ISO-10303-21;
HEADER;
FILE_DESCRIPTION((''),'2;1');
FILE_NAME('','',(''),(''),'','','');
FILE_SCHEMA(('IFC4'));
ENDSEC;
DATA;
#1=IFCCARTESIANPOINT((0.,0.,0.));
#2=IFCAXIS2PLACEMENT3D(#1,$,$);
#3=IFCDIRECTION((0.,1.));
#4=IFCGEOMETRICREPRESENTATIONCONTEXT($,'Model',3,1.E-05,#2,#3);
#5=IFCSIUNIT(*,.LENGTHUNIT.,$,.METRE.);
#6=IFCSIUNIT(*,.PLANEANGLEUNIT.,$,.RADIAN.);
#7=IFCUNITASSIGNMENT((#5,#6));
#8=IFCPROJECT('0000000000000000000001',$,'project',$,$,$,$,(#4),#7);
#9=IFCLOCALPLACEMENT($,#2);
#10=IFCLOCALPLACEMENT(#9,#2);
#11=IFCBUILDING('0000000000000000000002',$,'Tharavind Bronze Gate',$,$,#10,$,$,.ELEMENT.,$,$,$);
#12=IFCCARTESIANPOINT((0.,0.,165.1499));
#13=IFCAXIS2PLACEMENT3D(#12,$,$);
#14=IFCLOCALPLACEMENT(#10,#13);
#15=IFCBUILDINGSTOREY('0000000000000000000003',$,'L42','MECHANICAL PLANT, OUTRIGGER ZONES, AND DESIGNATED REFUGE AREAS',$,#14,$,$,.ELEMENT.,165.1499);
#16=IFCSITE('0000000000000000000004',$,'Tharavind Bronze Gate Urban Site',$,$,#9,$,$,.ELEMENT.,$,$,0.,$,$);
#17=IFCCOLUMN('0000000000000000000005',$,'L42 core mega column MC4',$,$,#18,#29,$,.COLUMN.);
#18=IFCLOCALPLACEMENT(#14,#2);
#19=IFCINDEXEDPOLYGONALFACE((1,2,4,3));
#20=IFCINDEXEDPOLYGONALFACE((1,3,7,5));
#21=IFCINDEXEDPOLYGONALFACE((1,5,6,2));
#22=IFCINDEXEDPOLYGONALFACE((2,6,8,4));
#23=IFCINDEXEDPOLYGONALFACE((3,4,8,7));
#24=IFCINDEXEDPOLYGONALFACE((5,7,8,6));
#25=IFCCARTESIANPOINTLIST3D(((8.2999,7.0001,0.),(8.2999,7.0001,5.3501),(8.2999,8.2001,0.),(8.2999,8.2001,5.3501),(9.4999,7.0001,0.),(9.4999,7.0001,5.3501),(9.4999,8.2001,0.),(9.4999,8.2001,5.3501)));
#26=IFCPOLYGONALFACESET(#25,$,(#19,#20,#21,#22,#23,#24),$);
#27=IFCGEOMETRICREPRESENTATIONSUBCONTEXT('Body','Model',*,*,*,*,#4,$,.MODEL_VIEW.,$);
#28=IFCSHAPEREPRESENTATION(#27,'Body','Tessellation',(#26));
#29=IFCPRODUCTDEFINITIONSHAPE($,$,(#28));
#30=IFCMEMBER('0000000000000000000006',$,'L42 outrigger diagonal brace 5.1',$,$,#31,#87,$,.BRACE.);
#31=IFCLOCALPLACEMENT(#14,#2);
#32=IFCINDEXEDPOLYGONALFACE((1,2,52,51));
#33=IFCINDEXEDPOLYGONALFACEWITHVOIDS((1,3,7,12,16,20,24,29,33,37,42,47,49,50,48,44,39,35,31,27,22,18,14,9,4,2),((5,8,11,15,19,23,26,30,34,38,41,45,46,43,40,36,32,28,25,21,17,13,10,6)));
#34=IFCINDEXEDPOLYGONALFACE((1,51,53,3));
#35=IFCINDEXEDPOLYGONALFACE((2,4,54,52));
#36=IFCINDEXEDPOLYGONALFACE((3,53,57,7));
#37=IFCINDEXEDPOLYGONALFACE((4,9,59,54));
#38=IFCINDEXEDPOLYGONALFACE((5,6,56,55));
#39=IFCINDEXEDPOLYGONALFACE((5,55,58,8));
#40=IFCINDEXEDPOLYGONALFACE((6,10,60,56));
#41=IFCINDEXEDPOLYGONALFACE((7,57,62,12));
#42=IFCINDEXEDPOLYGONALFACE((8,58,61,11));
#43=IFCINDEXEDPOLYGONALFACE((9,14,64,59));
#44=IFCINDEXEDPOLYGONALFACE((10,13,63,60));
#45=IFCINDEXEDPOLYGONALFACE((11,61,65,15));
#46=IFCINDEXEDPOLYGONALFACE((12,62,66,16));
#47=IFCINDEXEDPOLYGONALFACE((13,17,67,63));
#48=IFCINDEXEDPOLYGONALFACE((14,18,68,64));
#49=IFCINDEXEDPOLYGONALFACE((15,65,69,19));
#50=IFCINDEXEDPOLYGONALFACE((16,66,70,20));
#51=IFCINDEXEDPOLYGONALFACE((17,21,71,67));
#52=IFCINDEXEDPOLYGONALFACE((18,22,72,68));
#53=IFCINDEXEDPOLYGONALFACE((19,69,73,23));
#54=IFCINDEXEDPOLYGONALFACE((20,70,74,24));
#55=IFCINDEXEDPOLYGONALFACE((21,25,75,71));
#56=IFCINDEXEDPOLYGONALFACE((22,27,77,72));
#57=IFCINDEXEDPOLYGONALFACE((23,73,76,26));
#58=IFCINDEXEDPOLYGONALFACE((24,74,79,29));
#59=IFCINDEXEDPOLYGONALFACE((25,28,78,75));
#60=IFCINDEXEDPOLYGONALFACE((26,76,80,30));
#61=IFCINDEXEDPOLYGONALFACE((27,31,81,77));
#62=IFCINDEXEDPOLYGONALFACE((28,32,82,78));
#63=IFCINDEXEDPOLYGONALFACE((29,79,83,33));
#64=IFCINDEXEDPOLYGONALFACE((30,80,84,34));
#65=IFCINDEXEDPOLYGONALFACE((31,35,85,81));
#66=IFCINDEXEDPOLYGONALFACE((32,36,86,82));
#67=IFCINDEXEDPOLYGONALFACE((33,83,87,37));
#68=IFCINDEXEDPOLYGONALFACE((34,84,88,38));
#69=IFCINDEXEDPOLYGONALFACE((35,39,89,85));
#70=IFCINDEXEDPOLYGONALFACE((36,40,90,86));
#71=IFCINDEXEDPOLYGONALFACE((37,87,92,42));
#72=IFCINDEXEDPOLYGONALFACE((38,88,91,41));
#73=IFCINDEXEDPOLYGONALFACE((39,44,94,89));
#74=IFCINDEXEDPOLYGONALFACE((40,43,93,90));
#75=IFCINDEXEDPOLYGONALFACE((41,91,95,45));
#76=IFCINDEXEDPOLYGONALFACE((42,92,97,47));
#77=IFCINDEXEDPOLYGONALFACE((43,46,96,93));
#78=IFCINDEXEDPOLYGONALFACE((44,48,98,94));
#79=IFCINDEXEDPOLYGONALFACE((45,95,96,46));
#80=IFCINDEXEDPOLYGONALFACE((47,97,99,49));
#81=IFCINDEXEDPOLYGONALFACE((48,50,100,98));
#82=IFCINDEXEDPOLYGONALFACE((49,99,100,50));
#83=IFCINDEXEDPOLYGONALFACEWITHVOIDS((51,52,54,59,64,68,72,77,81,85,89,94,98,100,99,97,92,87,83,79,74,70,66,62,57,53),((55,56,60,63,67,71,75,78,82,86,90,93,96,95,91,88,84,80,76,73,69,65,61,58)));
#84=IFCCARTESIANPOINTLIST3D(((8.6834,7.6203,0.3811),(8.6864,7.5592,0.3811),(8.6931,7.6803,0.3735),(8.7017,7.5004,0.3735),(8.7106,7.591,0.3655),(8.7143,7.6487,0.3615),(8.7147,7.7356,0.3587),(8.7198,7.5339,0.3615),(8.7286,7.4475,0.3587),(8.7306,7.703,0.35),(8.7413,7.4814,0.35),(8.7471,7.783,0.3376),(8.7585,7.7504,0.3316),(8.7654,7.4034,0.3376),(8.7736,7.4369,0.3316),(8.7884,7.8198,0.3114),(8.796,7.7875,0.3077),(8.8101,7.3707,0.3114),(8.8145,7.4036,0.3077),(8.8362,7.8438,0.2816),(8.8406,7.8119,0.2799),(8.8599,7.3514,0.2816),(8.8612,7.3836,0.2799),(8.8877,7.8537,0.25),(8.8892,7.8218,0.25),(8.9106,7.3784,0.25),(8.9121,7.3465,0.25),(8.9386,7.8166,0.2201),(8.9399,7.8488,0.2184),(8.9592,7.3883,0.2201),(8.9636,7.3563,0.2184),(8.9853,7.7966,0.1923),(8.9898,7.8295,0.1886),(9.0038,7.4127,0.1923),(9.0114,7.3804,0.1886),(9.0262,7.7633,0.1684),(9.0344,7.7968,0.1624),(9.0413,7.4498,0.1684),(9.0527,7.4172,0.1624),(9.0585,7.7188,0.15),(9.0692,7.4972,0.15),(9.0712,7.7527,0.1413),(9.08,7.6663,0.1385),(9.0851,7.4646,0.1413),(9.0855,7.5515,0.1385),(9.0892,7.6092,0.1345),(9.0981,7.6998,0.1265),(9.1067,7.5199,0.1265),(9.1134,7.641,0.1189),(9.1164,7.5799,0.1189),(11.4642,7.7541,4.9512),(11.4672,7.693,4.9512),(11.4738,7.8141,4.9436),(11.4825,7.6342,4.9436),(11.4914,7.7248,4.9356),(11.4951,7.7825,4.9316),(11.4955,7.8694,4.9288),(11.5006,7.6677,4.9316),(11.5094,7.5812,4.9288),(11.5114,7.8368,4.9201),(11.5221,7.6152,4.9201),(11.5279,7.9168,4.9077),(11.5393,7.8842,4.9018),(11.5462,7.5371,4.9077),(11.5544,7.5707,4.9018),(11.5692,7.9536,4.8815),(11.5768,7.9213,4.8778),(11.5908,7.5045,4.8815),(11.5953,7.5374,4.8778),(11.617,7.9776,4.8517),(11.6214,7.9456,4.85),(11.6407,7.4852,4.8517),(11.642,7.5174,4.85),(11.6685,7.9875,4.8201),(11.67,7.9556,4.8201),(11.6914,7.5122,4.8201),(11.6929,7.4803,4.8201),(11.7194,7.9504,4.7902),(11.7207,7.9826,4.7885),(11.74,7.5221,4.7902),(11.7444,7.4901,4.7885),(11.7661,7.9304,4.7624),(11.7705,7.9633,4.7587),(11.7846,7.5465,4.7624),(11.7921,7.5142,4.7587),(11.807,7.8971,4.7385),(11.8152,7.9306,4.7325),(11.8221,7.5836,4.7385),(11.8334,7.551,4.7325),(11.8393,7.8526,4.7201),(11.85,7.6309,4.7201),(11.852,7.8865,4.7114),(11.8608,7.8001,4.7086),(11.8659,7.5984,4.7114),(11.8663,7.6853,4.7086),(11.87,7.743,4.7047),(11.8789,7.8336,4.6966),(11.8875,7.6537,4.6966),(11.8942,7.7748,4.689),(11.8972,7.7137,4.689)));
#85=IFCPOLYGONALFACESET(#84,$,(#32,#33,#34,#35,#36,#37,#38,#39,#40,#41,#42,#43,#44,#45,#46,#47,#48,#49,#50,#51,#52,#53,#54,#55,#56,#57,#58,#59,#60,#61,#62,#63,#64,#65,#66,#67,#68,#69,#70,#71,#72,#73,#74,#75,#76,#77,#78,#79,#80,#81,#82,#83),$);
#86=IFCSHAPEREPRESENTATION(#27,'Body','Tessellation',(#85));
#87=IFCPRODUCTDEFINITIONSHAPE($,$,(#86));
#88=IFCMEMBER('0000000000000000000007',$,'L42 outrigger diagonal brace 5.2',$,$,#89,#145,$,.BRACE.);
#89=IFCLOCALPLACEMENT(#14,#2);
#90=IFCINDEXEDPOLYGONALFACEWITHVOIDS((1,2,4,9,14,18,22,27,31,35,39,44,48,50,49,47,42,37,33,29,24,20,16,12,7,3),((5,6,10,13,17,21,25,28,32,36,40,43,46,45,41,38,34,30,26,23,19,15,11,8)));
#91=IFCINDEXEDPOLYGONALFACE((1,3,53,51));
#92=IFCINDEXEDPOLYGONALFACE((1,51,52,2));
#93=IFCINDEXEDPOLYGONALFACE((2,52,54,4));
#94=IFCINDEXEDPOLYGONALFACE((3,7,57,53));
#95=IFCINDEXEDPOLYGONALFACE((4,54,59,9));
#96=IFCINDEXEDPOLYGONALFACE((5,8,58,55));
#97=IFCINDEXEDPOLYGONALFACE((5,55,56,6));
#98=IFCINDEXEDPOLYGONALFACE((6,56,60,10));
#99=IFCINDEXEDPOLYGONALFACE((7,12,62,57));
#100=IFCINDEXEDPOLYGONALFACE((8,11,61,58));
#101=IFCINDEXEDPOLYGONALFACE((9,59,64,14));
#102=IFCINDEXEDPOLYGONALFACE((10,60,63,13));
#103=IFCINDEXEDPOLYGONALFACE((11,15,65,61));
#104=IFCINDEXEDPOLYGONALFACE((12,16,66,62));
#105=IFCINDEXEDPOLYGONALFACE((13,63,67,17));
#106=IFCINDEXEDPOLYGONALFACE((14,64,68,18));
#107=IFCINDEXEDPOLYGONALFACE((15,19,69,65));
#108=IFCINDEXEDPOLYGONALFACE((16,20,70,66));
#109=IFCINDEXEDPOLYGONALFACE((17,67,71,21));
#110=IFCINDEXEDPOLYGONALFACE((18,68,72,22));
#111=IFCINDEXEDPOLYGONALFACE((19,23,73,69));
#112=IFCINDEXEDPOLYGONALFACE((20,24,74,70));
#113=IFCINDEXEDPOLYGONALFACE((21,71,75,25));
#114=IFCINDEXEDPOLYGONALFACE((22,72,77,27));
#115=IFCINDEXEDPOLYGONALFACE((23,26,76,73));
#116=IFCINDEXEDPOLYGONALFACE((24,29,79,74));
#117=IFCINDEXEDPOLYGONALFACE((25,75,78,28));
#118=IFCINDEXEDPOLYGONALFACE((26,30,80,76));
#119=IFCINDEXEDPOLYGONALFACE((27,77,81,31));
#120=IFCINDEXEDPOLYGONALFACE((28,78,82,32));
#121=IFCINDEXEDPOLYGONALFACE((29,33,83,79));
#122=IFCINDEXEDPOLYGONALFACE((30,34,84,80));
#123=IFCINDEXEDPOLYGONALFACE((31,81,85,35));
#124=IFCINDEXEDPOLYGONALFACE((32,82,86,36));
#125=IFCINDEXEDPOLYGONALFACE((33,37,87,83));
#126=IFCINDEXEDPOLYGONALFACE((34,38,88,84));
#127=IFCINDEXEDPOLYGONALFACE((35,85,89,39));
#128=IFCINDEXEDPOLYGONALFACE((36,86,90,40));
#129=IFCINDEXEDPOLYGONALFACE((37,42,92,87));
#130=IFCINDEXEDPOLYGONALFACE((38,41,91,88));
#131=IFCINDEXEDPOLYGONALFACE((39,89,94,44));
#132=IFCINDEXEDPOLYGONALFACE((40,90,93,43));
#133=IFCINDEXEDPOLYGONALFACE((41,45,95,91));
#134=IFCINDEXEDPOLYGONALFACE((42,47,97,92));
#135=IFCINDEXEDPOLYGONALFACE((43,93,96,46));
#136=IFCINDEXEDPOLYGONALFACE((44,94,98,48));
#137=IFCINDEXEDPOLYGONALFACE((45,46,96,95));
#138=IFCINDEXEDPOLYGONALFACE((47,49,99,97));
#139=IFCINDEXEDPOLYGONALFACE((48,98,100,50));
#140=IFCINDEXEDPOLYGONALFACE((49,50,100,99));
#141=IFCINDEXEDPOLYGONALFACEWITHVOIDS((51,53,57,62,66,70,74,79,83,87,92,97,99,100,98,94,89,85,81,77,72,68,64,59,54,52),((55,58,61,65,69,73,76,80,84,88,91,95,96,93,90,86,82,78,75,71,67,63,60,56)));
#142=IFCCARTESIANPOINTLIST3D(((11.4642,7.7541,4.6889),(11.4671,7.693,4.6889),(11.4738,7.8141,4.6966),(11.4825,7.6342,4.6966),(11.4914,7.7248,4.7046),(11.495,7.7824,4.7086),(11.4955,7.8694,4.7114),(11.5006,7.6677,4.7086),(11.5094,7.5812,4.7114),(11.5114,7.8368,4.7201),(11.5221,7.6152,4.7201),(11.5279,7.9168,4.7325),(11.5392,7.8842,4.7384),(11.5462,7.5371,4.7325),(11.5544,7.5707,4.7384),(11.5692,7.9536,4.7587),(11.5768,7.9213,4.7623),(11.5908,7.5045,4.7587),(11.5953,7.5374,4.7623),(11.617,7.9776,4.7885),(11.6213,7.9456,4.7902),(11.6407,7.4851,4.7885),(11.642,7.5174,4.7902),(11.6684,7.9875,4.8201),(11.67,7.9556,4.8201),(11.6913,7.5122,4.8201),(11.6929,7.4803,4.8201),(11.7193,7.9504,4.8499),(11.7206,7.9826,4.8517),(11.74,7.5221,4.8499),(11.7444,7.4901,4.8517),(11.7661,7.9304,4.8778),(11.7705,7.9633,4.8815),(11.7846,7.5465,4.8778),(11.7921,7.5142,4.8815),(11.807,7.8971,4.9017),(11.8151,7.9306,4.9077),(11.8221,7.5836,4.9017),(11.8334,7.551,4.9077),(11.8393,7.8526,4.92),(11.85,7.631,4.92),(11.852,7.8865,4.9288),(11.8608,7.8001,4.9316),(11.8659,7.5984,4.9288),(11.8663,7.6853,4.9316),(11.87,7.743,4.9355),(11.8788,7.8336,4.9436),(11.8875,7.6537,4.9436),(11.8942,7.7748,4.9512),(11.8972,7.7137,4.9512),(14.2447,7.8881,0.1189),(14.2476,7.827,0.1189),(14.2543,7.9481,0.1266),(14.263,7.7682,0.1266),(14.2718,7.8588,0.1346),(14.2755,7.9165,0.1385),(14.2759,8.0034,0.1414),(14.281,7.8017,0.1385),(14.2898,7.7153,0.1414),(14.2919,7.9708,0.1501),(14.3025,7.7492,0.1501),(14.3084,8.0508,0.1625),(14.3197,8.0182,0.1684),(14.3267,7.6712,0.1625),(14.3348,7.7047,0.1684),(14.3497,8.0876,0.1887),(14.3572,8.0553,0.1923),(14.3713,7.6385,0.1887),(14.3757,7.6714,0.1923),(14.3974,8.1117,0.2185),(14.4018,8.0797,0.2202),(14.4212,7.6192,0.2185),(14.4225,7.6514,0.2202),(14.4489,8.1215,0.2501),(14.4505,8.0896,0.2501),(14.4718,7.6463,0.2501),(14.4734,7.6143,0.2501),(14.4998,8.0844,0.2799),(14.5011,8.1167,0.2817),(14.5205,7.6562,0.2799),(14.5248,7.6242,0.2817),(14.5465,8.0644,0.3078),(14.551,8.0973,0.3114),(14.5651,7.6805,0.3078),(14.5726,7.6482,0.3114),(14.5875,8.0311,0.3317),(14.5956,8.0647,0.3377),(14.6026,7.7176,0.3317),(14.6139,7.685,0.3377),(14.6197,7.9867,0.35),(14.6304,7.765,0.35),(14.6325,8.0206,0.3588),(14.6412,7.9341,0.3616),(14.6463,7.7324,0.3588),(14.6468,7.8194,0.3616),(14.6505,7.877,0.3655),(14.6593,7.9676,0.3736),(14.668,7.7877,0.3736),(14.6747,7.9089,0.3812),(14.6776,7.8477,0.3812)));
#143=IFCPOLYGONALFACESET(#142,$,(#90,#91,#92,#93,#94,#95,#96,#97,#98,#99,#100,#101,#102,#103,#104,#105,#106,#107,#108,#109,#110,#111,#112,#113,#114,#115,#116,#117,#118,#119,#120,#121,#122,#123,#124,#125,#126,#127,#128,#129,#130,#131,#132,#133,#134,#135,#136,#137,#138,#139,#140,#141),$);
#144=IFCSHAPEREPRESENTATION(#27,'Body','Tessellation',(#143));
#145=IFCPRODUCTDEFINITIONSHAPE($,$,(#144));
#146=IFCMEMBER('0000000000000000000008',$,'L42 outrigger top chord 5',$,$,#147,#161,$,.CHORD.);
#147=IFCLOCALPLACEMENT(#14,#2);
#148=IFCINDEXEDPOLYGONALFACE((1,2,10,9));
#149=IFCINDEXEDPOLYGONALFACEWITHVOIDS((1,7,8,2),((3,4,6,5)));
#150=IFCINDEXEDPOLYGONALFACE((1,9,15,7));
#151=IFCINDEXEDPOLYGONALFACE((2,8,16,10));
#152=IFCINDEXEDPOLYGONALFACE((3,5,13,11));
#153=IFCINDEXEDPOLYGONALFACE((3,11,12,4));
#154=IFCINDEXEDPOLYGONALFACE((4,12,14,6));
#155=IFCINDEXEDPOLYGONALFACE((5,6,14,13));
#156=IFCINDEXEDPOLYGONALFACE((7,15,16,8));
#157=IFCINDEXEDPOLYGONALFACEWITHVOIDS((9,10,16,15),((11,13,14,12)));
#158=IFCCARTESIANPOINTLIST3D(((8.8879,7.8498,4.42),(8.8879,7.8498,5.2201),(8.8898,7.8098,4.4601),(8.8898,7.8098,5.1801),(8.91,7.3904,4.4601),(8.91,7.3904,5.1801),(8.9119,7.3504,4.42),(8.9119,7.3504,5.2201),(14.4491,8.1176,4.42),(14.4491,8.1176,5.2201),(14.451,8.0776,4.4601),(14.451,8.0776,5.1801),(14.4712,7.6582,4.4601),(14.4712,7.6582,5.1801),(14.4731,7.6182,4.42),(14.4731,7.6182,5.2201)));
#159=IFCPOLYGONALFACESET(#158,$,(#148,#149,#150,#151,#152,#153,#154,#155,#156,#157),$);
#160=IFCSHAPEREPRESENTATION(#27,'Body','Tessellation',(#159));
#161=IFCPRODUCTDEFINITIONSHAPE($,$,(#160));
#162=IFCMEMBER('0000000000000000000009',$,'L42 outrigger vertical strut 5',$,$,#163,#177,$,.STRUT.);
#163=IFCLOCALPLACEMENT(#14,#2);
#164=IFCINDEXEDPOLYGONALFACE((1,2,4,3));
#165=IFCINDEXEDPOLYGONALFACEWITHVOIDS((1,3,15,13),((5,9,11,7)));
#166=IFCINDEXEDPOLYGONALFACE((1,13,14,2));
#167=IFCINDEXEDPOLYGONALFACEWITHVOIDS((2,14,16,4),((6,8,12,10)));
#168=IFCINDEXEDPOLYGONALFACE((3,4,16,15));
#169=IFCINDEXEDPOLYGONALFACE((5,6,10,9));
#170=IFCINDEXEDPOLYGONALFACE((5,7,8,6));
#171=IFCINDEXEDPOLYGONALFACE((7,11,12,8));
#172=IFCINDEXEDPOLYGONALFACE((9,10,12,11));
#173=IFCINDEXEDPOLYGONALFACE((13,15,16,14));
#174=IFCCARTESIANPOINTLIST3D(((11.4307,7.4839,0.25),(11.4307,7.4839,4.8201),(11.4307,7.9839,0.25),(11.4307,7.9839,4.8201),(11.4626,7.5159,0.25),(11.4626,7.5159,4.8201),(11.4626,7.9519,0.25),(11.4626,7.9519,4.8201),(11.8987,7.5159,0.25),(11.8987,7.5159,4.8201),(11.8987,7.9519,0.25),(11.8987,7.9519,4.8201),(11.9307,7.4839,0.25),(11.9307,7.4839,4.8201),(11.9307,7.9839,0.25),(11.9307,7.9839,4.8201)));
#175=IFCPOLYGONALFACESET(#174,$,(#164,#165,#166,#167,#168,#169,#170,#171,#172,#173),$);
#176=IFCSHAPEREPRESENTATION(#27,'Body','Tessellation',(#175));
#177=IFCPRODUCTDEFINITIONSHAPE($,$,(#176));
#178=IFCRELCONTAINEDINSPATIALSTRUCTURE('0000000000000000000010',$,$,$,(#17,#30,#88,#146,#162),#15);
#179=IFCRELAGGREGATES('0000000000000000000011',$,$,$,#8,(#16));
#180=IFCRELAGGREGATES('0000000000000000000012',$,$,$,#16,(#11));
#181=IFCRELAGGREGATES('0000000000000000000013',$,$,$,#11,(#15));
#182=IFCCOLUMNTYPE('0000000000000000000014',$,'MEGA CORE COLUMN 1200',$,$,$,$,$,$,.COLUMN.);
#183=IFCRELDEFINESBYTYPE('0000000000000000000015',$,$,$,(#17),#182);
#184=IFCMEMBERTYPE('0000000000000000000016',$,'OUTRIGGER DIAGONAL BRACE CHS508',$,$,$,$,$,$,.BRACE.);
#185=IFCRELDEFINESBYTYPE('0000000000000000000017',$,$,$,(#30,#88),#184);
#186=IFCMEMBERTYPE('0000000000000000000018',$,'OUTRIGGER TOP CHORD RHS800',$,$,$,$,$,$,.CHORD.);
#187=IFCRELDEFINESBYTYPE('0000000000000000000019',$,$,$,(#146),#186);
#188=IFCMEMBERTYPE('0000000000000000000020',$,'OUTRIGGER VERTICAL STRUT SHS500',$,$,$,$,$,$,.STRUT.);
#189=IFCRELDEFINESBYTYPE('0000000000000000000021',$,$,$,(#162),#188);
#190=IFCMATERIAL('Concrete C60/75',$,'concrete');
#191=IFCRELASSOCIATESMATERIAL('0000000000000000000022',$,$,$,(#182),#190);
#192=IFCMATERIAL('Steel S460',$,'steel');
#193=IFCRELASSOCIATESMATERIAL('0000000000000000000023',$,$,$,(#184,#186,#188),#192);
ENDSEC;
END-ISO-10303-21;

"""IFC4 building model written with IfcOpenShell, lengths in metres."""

from ifc_helpers import new_model, si_unit, direction, frame, origin, origin_2d, place, context, subcontext, project, spatial, rectangle, hollow_rectangle, hollow_circle, extrude, material, material_profile, profile_set, type_object, element, save


model = new_model("IFC4")

# Units and contexts
model_context = context("Model", 3, precision=1e-05, world=origin(), true_north=direction((0.0, 1.0)))
body_context = subcontext(model_context, "Body", "Model", "MODEL_VIEW")
ifc_project = project(units=[si_unit("LENGTHUNIT", "METRE"), si_unit("PLANEANGLEUNIT", "RADIAN")], contexts=[model_context])

# Site, building, storey
site_placement = place(None, origin())
site = spatial("IfcSite", under=ifc_project, at=site_placement, Name="Tharavind Bronze Gate Urban Site", CompositionType="ELEMENT", RefElevation=0.0)
building_placement = place(site_placement, origin())
building = spatial("IfcBuilding", under=site, at=building_placement, Name="Tharavind Bronze Gate", CompositionType="ELEMENT")
storey_placement = place(building_placement, frame((0.0, 0.0, 165.1499)))
storey = spatial("IfcBuildingStorey", under=building, at=storey_placement, Name="L42", Description="MECHANICAL PLANT, OUTRIGGER ZONES, AND DESIGNATED REFUGE AREAS", CompositionType="ELEMENT", Elevation=165.1499)

# Column
ifc_material_1 = material(Name="Concrete C60/75", Category="concrete")
ifc_material_profile_1 = material_profile(ifc_material_1, rectangle(XDim=1.2, YDim=1.2, at=origin_2d()), Name="RCCOL1200")
ifc_profile_set_1 = profile_set([ifc_material_profile_1], Name="Concrete C60/75")
column_type = type_object("IfcColumnType", Name="MEGA CORE COLUMN 1200", PredefinedType="COLUMN", material=ifc_profile_set_1)
column_placement = place(storey_placement, frame((8.8999, 7.6001, 0.0), z_axis=(0.0, 0.0, 1.0), x_axis=(1.0, 0.0, 0.0)))
element("IfcColumn", 1, at=column_placement, inside=storey, type_object=column_type, Name="L42 core mega column MC4", PredefinedType="COLUMN", context=body_context, shape_type="SweptSolid", body=[
    extrude(rectangle(XDim=1.2, YDim=1.2, at=origin_2d()), origin(), (0.0, 0.0, 1.0), 5.3501),
])

# Members
ifc_material_2 = material(Name="Steel S460", Category="steel")
ifc_material_profile_2 = material_profile(ifc_material_2, hollow_circle(Radius=0.2539, WallThickness=0.032, at=origin_2d()), Name="CHS508X32")
ifc_profile_set_2 = profile_set([ifc_material_profile_2], Name="Steel S460")
member_type_1 = type_object("IfcMemberType", Name="OUTRIGGER DIAGONAL BRACE CHS508", PredefinedType="BRACE", material=ifc_profile_set_2)
member_1_placement = place(storey_placement, frame((8.8999, 7.6001, 0.25), z_axis=(0.519645, 0.025001, 0.854016), x_axis=(-0.048057, 0.998845, 0.0)))
element("IfcMember", 2, at=member_1_placement, inside=storey, type_object=member_type_1, Name="L42 outrigger diagonal brace 5.1", PredefinedType="BRACE", context=body_context, shape_type="SweptSolid", body=[
    extrude(hollow_circle(Radius=0.2539, WallThickness=0.032, at=origin_2d()), origin(), (0.0, 0.0, 1.0), 5.3513),
])
member_2_placement = place(storey_placement, frame((11.6807, 7.7339, 4.8201), z_axis=(0.519612, 0.025048, -0.854035), x_axis=(-0.048148, 0.99884, 0.0)))
element("IfcMember", 3, at=member_2_placement, inside=storey, type_object=member_type_1, Name="L42 outrigger diagonal brace 5.2", PredefinedType="BRACE", context=body_context, shape_type="SweptSolid", body=[
    extrude(hollow_circle(Radius=0.2539, WallThickness=0.032, at=origin_2d()), origin(), (0.0, 0.0, 1.0), 5.3511),
])
ifc_material_profile_3 = material_profile(ifc_material_2, hollow_rectangle(XDim=0.5, YDim=0.8, WallThickness=0.04, at=origin_2d()), Name="RHS800X500X40")
ifc_profile_set_3 = profile_set([ifc_material_profile_3], Name="Steel S460")
member_type_2 = type_object("IfcMemberType", Name="OUTRIGGER TOP CHORD RHS800", PredefinedType="CHORD", material=ifc_profile_set_3)
member_3_placement = place(storey_placement, frame((8.8999, 7.6001, 4.8201), z_axis=(0.998842, 0.048103, 0.0), x_axis=(-0.048103, 0.998842, 0.0)))
element("IfcMember", 4, at=member_3_placement, inside=storey, type_object=member_type_2, Name="L42 outrigger top chord 5", PredefinedType="CHORD", context=body_context, shape_type="SweptSolid", body=[
    extrude(hollow_rectangle(XDim=0.5, YDim=0.8, WallThickness=0.04, at=origin_2d()), origin(), (0.0, 0.0, 1.0), 5.5676),
])
ifc_material_profile_4 = material_profile(ifc_material_2, hollow_rectangle(XDim=0.5, YDim=0.5, WallThickness=0.032, at=origin_2d()), Name="SHS500X32")
ifc_profile_set_4 = profile_set([ifc_material_profile_4], Name="Steel S460")
member_type_3 = type_object("IfcMemberType", Name="OUTRIGGER VERTICAL STRUT SHS500", PredefinedType="STRUT", material=ifc_profile_set_4)
member_4_placement = place(storey_placement, frame((11.6807, 7.7339, 0.25), z_axis=(0.0, 0.0, 1.0), x_axis=(1.0, 0.0, 0.0)))
element("IfcMember", 5, at=member_4_placement, inside=storey, type_object=member_type_3, Name="L42 outrigger vertical strut 5", PredefinedType="STRUT", context=body_context, shape_type="SweptSolid", body=[
    extrude(hollow_rectangle(XDim=0.5, YDim=0.5, WallThickness=0.032, at=origin_2d()), origin(), (0.0, 0.0, 1.0), 4.5701),
])

save(model, "model.ifc")
